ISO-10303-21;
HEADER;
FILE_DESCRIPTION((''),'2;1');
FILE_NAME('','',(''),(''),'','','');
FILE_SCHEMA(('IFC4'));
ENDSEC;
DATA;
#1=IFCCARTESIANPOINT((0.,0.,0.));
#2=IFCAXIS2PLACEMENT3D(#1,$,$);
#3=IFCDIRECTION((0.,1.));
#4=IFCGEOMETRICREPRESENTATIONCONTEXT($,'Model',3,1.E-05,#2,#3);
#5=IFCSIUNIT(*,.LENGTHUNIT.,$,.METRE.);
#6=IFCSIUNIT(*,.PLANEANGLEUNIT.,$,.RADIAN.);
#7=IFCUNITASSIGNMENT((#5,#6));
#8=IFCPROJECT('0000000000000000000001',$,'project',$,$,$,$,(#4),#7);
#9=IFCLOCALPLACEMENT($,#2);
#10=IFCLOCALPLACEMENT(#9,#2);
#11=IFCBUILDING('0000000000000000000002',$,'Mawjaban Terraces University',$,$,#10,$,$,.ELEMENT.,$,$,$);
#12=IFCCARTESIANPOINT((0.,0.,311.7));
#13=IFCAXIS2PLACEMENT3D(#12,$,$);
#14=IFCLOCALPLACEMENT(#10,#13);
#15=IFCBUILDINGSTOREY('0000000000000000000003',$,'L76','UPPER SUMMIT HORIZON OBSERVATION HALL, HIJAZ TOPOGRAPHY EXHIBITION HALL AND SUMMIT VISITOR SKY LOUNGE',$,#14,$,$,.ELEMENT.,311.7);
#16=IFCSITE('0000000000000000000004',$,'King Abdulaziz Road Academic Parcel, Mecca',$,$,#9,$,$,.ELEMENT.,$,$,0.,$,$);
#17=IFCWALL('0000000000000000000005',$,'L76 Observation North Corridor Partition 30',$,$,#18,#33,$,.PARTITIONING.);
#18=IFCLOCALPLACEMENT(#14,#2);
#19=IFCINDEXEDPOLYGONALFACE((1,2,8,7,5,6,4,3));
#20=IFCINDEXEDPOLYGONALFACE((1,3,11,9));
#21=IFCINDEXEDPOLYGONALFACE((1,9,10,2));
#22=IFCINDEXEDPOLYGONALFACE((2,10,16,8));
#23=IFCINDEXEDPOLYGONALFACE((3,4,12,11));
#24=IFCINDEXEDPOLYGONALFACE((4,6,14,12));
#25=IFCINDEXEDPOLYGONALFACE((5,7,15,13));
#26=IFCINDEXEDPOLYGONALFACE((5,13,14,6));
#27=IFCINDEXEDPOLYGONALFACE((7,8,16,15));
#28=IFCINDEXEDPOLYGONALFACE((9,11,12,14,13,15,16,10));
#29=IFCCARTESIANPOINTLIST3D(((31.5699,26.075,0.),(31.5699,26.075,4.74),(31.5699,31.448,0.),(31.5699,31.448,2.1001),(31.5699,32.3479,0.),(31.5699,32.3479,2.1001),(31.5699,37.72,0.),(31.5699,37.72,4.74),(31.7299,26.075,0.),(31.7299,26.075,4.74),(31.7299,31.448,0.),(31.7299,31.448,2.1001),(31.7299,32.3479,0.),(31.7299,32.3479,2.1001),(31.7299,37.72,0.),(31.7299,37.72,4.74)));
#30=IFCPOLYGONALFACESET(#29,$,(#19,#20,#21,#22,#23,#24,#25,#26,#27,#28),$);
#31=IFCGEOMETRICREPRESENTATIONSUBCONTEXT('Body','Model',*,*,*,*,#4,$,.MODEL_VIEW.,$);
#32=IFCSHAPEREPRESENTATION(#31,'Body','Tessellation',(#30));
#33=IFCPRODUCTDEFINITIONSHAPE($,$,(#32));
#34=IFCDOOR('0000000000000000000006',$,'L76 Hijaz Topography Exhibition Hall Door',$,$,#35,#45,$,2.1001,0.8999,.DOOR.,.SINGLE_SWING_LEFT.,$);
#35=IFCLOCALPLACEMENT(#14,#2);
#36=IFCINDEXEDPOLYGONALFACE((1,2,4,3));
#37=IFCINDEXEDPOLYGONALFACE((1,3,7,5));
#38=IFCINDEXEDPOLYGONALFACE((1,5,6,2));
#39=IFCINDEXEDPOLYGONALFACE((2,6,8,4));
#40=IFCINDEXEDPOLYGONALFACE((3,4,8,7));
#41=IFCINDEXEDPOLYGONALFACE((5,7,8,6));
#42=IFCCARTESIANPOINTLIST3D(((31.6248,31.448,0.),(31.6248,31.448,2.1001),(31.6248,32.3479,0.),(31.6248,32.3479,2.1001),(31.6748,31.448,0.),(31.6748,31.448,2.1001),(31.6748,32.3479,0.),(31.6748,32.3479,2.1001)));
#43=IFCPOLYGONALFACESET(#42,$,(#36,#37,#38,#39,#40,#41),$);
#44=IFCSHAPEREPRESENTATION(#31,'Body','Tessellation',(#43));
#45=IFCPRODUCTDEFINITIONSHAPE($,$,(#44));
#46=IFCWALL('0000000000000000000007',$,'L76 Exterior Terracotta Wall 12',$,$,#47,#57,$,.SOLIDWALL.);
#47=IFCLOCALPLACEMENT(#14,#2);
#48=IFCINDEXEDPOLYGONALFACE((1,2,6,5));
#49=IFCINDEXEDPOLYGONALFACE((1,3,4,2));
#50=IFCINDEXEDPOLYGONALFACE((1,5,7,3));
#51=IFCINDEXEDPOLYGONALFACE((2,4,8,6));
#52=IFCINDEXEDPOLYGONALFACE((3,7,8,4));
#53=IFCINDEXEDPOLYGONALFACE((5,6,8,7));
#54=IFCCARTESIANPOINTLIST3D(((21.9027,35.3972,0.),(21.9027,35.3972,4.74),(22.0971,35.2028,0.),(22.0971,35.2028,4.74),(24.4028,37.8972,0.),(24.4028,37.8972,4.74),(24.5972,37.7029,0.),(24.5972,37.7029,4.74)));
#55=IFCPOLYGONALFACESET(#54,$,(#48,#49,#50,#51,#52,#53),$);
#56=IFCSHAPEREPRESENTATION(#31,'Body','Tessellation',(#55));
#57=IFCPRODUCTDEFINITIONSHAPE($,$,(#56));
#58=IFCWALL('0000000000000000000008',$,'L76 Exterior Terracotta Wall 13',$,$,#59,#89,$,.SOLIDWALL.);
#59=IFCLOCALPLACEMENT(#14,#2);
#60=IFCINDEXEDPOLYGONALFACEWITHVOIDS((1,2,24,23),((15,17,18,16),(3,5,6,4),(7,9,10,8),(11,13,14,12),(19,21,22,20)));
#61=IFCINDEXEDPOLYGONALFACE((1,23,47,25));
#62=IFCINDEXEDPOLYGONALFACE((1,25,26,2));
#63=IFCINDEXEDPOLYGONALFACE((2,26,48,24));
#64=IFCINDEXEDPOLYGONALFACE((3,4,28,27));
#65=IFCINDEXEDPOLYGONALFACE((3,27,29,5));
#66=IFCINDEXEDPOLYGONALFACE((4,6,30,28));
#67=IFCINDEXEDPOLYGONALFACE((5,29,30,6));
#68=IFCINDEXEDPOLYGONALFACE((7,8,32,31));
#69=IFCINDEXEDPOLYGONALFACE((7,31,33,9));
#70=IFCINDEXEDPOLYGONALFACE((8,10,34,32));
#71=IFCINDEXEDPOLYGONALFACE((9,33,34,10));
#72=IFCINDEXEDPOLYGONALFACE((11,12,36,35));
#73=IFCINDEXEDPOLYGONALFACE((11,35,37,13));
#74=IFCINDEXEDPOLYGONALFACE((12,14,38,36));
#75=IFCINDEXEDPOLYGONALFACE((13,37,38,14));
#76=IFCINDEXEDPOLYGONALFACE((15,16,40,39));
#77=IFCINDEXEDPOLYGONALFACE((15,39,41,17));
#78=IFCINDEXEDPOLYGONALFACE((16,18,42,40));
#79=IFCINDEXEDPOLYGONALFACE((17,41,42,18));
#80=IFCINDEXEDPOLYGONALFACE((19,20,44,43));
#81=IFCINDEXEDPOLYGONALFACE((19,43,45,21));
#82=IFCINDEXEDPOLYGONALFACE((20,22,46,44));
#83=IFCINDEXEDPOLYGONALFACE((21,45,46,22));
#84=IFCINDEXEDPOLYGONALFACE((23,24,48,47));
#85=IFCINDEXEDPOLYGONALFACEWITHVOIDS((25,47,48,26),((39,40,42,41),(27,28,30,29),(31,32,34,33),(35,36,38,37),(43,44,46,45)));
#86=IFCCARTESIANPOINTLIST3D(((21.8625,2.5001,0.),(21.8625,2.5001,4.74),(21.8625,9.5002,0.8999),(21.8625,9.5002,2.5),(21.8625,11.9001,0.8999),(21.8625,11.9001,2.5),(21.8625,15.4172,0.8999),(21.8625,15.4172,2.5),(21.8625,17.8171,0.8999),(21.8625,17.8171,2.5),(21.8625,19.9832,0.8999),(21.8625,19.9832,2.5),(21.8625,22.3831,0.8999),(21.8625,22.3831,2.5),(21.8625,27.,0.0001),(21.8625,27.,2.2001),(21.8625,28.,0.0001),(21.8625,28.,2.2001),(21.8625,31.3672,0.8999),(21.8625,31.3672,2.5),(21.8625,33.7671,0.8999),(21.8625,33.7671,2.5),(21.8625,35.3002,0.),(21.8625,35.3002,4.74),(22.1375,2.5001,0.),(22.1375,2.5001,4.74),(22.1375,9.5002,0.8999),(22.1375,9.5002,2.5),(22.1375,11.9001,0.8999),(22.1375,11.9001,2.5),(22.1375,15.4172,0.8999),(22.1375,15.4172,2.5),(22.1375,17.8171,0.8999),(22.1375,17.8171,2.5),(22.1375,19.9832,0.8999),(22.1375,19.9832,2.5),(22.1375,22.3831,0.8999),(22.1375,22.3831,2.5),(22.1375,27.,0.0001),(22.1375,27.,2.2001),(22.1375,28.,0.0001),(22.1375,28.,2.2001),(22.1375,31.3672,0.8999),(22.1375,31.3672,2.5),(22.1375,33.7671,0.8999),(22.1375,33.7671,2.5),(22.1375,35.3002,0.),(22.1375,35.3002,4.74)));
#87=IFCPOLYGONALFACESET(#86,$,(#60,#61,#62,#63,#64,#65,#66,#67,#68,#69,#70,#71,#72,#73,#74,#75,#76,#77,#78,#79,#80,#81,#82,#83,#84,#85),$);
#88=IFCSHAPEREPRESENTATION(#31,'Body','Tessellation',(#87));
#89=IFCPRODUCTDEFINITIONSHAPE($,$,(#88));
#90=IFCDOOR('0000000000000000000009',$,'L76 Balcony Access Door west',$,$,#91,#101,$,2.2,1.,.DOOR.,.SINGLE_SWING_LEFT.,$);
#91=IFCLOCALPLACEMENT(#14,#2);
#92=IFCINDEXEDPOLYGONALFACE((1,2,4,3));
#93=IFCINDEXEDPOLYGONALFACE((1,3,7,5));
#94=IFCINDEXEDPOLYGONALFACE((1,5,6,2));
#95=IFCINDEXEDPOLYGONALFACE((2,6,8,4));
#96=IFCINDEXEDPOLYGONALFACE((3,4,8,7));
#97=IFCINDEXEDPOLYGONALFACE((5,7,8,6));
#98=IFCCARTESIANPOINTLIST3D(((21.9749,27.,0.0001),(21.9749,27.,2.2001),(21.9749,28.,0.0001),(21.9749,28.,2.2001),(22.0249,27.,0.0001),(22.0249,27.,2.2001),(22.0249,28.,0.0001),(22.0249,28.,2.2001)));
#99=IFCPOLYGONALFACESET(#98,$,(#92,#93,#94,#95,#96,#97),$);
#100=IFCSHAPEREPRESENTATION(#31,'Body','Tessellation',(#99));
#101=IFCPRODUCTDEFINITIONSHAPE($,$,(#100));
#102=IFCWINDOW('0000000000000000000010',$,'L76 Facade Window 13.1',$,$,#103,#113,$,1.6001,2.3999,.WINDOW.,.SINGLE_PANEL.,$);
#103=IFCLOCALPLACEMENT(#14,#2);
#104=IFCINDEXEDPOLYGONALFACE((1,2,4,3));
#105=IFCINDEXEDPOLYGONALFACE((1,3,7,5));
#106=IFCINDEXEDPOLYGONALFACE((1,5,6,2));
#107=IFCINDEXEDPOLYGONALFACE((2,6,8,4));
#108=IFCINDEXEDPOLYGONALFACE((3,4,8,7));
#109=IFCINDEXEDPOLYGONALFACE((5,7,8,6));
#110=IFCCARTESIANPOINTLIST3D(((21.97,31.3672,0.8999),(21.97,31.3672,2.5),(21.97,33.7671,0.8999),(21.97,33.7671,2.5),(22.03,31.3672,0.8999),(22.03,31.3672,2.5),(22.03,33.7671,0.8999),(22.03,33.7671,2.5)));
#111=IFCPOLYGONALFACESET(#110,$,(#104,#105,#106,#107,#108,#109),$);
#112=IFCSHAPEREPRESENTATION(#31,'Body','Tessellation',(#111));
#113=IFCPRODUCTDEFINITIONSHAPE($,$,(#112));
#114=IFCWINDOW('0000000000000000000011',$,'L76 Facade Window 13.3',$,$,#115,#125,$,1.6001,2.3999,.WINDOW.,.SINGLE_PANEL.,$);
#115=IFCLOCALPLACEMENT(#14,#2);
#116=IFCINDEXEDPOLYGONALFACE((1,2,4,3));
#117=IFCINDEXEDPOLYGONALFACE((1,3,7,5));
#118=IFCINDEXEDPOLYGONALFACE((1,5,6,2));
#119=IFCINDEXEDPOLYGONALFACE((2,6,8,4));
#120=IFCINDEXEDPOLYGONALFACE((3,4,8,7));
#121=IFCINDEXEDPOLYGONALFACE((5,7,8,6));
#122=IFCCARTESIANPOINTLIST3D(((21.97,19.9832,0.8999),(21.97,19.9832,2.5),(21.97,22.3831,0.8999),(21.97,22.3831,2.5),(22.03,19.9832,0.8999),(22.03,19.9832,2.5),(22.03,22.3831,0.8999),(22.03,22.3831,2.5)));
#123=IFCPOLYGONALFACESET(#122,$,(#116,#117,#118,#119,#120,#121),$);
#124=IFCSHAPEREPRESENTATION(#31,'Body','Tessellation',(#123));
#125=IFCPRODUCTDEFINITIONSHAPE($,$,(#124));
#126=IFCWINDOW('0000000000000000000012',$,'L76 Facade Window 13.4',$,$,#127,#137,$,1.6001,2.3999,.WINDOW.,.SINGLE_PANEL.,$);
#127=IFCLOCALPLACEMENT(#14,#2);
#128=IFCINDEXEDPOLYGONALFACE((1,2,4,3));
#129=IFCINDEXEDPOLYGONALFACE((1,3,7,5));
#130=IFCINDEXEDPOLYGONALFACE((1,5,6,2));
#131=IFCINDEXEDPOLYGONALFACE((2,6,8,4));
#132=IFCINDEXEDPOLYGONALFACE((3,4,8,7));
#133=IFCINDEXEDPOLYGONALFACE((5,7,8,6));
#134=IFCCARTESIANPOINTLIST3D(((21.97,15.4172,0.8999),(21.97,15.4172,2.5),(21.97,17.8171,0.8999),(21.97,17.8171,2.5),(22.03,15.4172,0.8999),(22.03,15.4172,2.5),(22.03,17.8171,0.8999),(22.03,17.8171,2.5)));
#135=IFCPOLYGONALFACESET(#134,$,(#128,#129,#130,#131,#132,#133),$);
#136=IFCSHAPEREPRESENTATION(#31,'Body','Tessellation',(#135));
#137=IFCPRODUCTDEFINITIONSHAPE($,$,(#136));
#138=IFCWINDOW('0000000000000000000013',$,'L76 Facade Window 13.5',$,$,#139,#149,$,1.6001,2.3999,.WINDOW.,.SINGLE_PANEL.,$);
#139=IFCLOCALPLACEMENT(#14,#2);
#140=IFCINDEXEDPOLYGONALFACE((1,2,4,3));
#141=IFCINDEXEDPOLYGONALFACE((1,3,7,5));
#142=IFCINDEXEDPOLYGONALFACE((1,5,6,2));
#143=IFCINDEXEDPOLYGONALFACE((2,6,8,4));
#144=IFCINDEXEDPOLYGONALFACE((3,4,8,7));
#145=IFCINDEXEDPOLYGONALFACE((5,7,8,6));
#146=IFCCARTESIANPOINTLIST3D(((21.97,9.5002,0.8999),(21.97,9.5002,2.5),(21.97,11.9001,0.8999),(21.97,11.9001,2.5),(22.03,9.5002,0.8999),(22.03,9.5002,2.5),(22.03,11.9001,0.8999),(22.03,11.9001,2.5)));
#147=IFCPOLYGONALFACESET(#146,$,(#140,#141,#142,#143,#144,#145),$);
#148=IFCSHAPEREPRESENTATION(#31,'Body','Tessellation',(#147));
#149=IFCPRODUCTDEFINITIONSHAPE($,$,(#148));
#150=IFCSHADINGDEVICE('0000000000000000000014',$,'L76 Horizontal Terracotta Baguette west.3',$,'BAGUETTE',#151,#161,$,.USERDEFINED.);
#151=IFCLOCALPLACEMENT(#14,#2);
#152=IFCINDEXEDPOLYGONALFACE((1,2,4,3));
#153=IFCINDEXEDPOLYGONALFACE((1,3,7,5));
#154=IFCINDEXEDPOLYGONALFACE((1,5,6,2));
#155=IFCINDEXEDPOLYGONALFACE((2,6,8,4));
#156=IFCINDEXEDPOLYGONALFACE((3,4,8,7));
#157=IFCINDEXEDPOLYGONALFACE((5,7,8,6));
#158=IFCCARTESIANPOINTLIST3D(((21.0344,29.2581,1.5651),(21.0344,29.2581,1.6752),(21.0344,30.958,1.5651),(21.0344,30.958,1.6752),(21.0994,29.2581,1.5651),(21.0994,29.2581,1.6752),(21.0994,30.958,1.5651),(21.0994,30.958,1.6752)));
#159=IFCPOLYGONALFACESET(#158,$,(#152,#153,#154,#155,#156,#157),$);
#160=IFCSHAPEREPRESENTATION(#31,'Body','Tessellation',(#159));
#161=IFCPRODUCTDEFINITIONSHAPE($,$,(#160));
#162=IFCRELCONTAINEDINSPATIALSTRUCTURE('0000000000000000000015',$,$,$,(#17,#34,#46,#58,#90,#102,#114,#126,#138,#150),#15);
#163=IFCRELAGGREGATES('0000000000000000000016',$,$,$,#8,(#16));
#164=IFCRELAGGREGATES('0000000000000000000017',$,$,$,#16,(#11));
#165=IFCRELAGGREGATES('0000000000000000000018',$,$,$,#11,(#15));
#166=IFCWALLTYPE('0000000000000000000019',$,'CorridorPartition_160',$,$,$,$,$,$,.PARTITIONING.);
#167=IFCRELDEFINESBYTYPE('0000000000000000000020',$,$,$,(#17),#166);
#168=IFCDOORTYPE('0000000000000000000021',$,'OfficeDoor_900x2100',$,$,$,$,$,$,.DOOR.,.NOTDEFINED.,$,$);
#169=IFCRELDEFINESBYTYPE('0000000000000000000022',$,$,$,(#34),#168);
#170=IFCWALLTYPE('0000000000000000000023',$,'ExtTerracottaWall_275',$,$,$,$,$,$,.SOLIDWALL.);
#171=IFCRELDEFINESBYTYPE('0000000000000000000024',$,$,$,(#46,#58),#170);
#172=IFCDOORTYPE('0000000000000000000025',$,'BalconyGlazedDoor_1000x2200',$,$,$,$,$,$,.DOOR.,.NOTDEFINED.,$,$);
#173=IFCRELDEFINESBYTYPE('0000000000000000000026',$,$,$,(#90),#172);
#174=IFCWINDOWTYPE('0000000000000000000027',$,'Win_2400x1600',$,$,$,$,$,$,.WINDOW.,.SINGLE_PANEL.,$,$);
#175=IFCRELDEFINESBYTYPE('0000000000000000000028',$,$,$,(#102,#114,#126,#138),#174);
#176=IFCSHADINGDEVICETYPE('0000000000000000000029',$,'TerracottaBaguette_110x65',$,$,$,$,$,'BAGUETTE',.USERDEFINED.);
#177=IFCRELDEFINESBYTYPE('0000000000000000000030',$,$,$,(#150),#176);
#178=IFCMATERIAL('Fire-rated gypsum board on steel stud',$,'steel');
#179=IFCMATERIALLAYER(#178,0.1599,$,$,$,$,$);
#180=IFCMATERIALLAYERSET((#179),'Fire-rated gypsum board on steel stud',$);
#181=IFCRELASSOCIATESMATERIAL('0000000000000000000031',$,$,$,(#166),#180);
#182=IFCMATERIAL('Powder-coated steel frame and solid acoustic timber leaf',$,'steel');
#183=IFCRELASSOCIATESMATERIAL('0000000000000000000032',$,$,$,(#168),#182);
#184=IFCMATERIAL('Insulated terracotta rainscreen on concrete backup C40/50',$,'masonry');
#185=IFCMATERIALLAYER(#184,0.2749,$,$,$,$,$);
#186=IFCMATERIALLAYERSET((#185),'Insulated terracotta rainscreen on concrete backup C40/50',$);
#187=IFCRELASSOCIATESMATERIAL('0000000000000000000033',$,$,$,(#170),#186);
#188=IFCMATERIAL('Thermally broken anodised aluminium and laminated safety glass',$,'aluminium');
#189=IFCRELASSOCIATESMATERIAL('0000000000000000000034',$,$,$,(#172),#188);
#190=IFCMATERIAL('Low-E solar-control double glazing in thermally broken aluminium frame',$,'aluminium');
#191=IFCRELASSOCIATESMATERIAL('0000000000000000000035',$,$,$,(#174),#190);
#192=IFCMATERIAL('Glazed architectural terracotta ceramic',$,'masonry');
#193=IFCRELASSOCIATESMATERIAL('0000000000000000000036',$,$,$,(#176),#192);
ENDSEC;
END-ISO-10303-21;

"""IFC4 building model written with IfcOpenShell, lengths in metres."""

from ifc_helpers import new_model, si_unit, direction, frame, frame_2d, origin, origin_2d, place, context, subcontext, project, spatial, rectangle, extrude, material, layer, layer_set, material_profile, profile_set, type_object, element, fill, save


model = new_model("IFC4")

# Units and contexts
model_context = context("Model", 3, precision=1e-05, world=origin(), true_north=direction((0.0, 1.0)))
body_context = subcontext(model_context, "Body", "Model", "MODEL_VIEW")
ifc_project = project(units=[si_unit("LENGTHUNIT", "METRE"), si_unit("PLANEANGLEUNIT", "RADIAN")], contexts=[model_context])

# Site, building, storey
site_placement = place(None, origin())
site = spatial("IfcSite", under=ifc_project, at=site_placement, Name="King Abdulaziz Road Academic Parcel, Mecca", CompositionType="ELEMENT", RefElevation=0.0)
building_placement = place(site_placement, origin())
building = spatial("IfcBuilding", under=site, at=building_placement, Name="Mawjaban Terraces University", CompositionType="ELEMENT")
storey_placement = place(building_placement, frame((0.0, 0.0, 311.7)))
storey = spatial("IfcBuildingStorey", under=building, at=storey_placement, Name="L76", Description="UPPER SUMMIT HORIZON OBSERVATION HALL, HIJAZ TOPOGRAPHY EXHIBITION HALL AND SUMMIT VISITOR SKY LOUNGE", CompositionType="ELEMENT", Elevation=311.7)

# Wall, opening, door
ifc_material_1 = material(Name="Fire-rated gypsum board on steel stud", Category="steel")
ifc_layer_1 = layer(ifc_material_1, 0.1599)
ifc_layer_set_1 = layer_set([ifc_layer_1], Name="Fire-rated gypsum board on steel stud")
wall_type_1 = type_object("IfcWallType", Name="CorridorPartition_160", PredefinedType="PARTITIONING", material=ifc_layer_set_1)
wall_1_placement = place(storey_placement, frame((31.6499, 37.72, 0.0), z_axis=(0.0, 0.0, 1.0), x_axis=(0.0, -1.0, 0.0)))
wall_1 = element("IfcWall", 1, at=wall_1_placement, inside=storey, type_object=wall_type_1, Name="L76 Observation North Corridor Partition 30", PredefinedType="PARTITIONING", context=body_context, shape_type="SweptSolid", body=[
    extrude(rectangle(XDim=11.645, YDim=0.1599, at=frame_2d((5.8225, 0.0))), origin(), (0.0, 0.0, 1.0), 4.74),
])
opening_1_placement = place(wall_1_placement, frame((5.3721, 0.0, 0.0)))
opening_1 = element("IfcOpeningElement", 2, at=opening_1_placement, cuts=wall_1, PredefinedType="OPENING", context=body_context, shape_type="SweptSolid", body=[
    extrude(rectangle(XDim=0.8999, YDim=2.1001, at=frame_2d((0.45, 1.05))), frame((0.0, 0.0898, 0.0), z_axis=(0.0, -1.0, 0.0), x_axis=(1.0, 0.0, 0.0)), (0.0, 0.0, 1.0), 0.1799),
])
ifc_material_2 = material(Name="Powder-coated steel frame and solid acoustic timber leaf", Category="steel")
door_type_1 = type_object("IfcDoorType", Name="OfficeDoor_900x2100", OperationType="NOTDEFINED", PredefinedType="DOOR", material=ifc_material_2)
door_1_placement = place(opening_1_placement, origin())
door_1 = element("IfcDoor", 3, at=door_1_placement, inside=storey, type_object=door_type_1, Name="L76 Hijaz Topography Exhibition Hall Door", OperationType="SINGLE_SWING_LEFT", OverallHeight=2.1001, OverallWidth=0.8999, PredefinedType="DOOR", context=body_context, shape_type="SweptSolid", body=[
    extrude(rectangle(XDim=0.8999, YDim=2.1001, at=frame_2d((0.45, 1.05))), frame((0.0, 0.0249, 0.0), z_axis=(0.0, -1.0, 0.0), x_axis=(1.0, 0.0, 0.0)), (0.0, 0.0, 1.0), 0.05),
])
fill(opening_1, door_1)

# Wall
ifc_material_3 = material(Name="Insulated terracotta rainscreen on concrete backup C40/50", Category="masonry")
ifc_layer_2 = layer(ifc_material_3, 0.2749)
ifc_layer_set_2 = layer_set([ifc_layer_2], Name="Insulated terracotta rainscreen on concrete backup C40/50")
wall_type_2 = type_object("IfcWallType", Name="ExtTerracottaWall_275", PredefinedType="SOLIDWALL", material=ifc_layer_set_2)
wall_2_placement = place(storey_placement, frame((24.5, 37.8, 0.0), z_axis=(0.0, 0.0, 1.0), x_axis=(-0.707107, -0.707107, 0.0)))
element("IfcWall", 4, at=wall_2_placement, inside=storey, type_object=wall_type_2, Name="L76 Exterior Terracotta Wall 12", PredefinedType="SOLIDWALL", context=body_context, shape_type="SweptSolid", body=[
    extrude(rectangle(XDim=3.5356, YDim=0.2749, at=frame_2d((1.7678, 0.0))), origin(), (0.0, 0.0, 1.0), 4.74),
])

# Wall, openings, door, windows
wall_3_placement = place(storey_placement, frame((22.0, 35.3, 0.0), z_axis=(0.0, 0.0, 1.0), x_axis=(0.0, -1.0, 0.0)))
wall_3 = element("IfcWall", 5, at=wall_3_placement, inside=storey, type_object=wall_type_2, Name="L76 Exterior Terracotta Wall 13", PredefinedType="SOLIDWALL", context=body_context, shape_type="SweptSolid", body=[
    extrude(rectangle(XDim=32.8, YDim=0.2749, at=frame_2d((16.3999, 0.0))), origin(), (0.0, 0.0, 1.0), 4.74),
])
opening_2_placement = place(wall_3_placement, frame((7.3, 0.0, 0.0)))
opening_2 = element("IfcOpeningElement", 6, at=opening_2_placement, cuts=wall_3, PredefinedType="OPENING", context=body_context, shape_type="SweptSolid", body=[
    extrude(rectangle(XDim=1.0, YDim=2.2, at=frame_2d((0.5, 1.1001))), frame((0.0, 0.1475, 0.0), z_axis=(0.0, -1.0, 0.0), x_axis=(1.0, 0.0, 0.0)), (0.0, 0.0, 1.0), 0.2949),
])
opening_3_placement = place(wall_3_placement, frame((1.533, 0.0, 0.8999)))
opening_3 = element("IfcOpeningElement", 7, at=opening_3_placement, cuts=wall_3, PredefinedType="OPENING", context=body_context, shape_type="SweptSolid", body=[
    extrude(rectangle(XDim=2.3999, YDim=1.6001, at=frame_2d((1.2, 0.8))), frame((0.0, 0.1475, 0.0), z_axis=(0.0, -1.0, 0.0), x_axis=(1.0, 0.0, 0.0)), (0.0, 0.0, 1.0), 0.2949),
])
opening_4_placement = place(wall_3_placement, frame((12.917, 0.0, 0.8999)))
opening_4 = element("IfcOpeningElement", 8, at=opening_4_placement, cuts=wall_3, PredefinedType="OPENING", context=body_context, shape_type="SweptSolid", body=[
    extrude(rectangle(XDim=2.3999, YDim=1.6001, at=frame_2d((1.2, 0.8))), frame((0.0, 0.1475, 0.0), z_axis=(0.0, -1.0, 0.0), x_axis=(1.0, 0.0, 0.0)), (0.0, 0.0, 1.0), 0.2949),
])
opening_5_placement = place(wall_3_placement, frame((17.4829, 0.0, 0.8999)))
opening_5 = element("IfcOpeningElement", 9, at=opening_5_placement, cuts=wall_3, PredefinedType="OPENING", context=body_context, shape_type="SweptSolid", body=[
    extrude(rectangle(XDim=2.3999, YDim=1.6001, at=frame_2d((1.2, 0.8))), frame((0.0, 0.1475, 0.0), z_axis=(0.0, -1.0, 0.0), x_axis=(1.0, 0.0, 0.0)), (0.0, 0.0, 1.0), 0.2949),
])
opening_6_placement = place(wall_3_placement, frame((23.3999, 0.0, 0.8999)))
opening_6 = element("IfcOpeningElement", 10, at=opening_6_placement, cuts=wall_3, PredefinedType="OPENING", context=body_context, shape_type="SweptSolid", body=[
    extrude(rectangle(XDim=2.3999, YDim=1.6001, at=frame_2d((1.2, 0.8))), frame((0.0, 0.1475, 0.0), z_axis=(0.0, -1.0, 0.0), x_axis=(1.0, 0.0, 0.0)), (0.0, 0.0, 1.0), 0.2949),
])
ifc_material_4 = material(Name="Thermally broken anodised aluminium and laminated safety glass", Category="aluminium")
door_type_2 = type_object("IfcDoorType", Name="BalconyGlazedDoor_1000x2200", OperationType="NOTDEFINED", PredefinedType="DOOR", material=ifc_material_4)
door_2_placement = place(opening_2_placement, origin())
door_2 = element("IfcDoor", 11, at=door_2_placement, inside=storey, type_object=door_type_2, Name="L76 Balcony Access Door west", OperationType="SINGLE_SWING_LEFT", OverallHeight=2.2, OverallWidth=1.0, PredefinedType="DOOR", context=body_context, shape_type="SweptSolid", body=[
    extrude(rectangle(XDim=1.0, YDim=2.2, at=frame_2d((0.5, 1.1001))), frame((0.0, 0.0249, 0.0), z_axis=(0.0, -1.0, 0.0), x_axis=(1.0, 0.0, 0.0)), (0.0, 0.0, 1.0), 0.05),
])
fill(opening_2, door_2)
ifc_material_5 = material(Name="Low-E solar-control double glazing in thermally broken aluminium frame", Category="aluminium")
window_type = type_object("IfcWindowType", Name="Win_2400x1600", PartitioningType="SINGLE_PANEL", PredefinedType="WINDOW", material=ifc_material_5)
window_1_placement = place(opening_3_placement, origin())
window_1 = element("IfcWindow", 12, at=window_1_placement, inside=storey, type_object=window_type, Name="L76 Facade Window 13.1", OverallHeight=1.6001, OverallWidth=2.3999, PartitioningType="SINGLE_PANEL", PredefinedType="WINDOW", context=body_context, shape_type="SweptSolid", body=[
    extrude(rectangle(XDim=2.3999, YDim=1.6001, at=frame_2d((1.2, 0.8))), frame((0.0, 0.03, 0.0), z_axis=(0.0, -1.0, 0.0), x_axis=(1.0, 0.0, 0.0)), (0.0, 0.0, 1.0), 0.0601),
])
fill(opening_3, window_1)
window_2_placement = place(opening_4_placement, origin())
window_2 = element("IfcWindow", 13, at=window_2_placement, inside=storey, type_object=window_type, Name="L76 Facade Window 13.3", OverallHeight=1.6001, OverallWidth=2.3999, PartitioningType="SINGLE_PANEL", PredefinedType="WINDOW", context=body_context, shape_type="SweptSolid", body=[
    extrude(rectangle(XDim=2.3999, YDim=1.6001, at=frame_2d((1.2, 0.8))), frame((0.0, 0.03, 0.0), z_axis=(0.0, -1.0, 0.0), x_axis=(1.0, 0.0, 0.0)), (0.0, 0.0, 1.0), 0.0601),
])
fill(opening_4, window_2)
window_3_placement = place(opening_5_placement, origin())
window_3 = element("IfcWindow", 14, at=window_3_placement, inside=storey, type_object=window_type, Name="L76 Facade Window 13.4", OverallHeight=1.6001, OverallWidth=2.3999, PartitioningType="SINGLE_PANEL", PredefinedType="WINDOW", context=body_context, shape_type="SweptSolid", body=[
    extrude(rectangle(XDim=2.3999, YDim=1.6001, at=frame_2d((1.2, 0.8))), frame((0.0, 0.03, 0.0), z_axis=(0.0, -1.0, 0.0), x_axis=(1.0, 0.0, 0.0)), (0.0, 0.0, 1.0), 0.0601),
])
fill(opening_5, window_3)
window_4_placement = place(opening_6_placement, origin())
window_4 = element("IfcWindow", 15, at=window_4_placement, inside=storey, type_object=window_type, Name="L76 Facade Window 13.5", OverallHeight=1.6001, OverallWidth=2.3999, PartitioningType="SINGLE_PANEL", PredefinedType="WINDOW", context=body_context, shape_type="SweptSolid", body=[
    extrude(rectangle(XDim=2.3999, YDim=1.6001, at=frame_2d((1.2, 0.8))), frame((0.0, 0.03, 0.0), z_axis=(0.0, -1.0, 0.0), x_axis=(1.0, 0.0, 0.0)), (0.0, 0.0, 1.0), 0.0601),
])
fill(opening_6, window_4)

# Shading device
ifc_material_6 = material(Name="Glazed architectural terracotta ceramic", Category="masonry")
ifc_material_profile_1 = material_profile(ifc_material_6, rectangle(XDim=0.0649, YDim=0.1101, at=origin_2d()), Name="TBAG110X65")
ifc_profile_set_1 = profile_set([ifc_material_profile_1], Name="Glazed architectural terracotta ceramic")
shading_device_type_1 = type_object("IfcShadingDeviceType", Name="TerracottaBaguette_110x65", ElementType="BAGUETTE", PredefinedType="USERDEFINED", material=ifc_profile_set_1)
shading_device_1_placement = place(storey_placement, frame((21.0669, 29.2581, 1.6201), z_axis=(0.0, 1.0, 0.0), x_axis=(-1.0, 0.0, 0.0)))
element("IfcShadingDevice", 16, at=shading_device_1_placement, inside=storey, type_object=shading_device_type_1, Name="L76 Horizontal Terracotta Baguette west.3", ObjectType="BAGUETTE", PredefinedType="USERDEFINED", context=body_context, shape_type="SweptSolid", body=[
    extrude(rectangle(XDim=0.0649, YDim=0.1101, at=origin_2d()), origin(), (0.0, 0.0, 1.0), 1.7),
])

save(model, "model.ifc")
